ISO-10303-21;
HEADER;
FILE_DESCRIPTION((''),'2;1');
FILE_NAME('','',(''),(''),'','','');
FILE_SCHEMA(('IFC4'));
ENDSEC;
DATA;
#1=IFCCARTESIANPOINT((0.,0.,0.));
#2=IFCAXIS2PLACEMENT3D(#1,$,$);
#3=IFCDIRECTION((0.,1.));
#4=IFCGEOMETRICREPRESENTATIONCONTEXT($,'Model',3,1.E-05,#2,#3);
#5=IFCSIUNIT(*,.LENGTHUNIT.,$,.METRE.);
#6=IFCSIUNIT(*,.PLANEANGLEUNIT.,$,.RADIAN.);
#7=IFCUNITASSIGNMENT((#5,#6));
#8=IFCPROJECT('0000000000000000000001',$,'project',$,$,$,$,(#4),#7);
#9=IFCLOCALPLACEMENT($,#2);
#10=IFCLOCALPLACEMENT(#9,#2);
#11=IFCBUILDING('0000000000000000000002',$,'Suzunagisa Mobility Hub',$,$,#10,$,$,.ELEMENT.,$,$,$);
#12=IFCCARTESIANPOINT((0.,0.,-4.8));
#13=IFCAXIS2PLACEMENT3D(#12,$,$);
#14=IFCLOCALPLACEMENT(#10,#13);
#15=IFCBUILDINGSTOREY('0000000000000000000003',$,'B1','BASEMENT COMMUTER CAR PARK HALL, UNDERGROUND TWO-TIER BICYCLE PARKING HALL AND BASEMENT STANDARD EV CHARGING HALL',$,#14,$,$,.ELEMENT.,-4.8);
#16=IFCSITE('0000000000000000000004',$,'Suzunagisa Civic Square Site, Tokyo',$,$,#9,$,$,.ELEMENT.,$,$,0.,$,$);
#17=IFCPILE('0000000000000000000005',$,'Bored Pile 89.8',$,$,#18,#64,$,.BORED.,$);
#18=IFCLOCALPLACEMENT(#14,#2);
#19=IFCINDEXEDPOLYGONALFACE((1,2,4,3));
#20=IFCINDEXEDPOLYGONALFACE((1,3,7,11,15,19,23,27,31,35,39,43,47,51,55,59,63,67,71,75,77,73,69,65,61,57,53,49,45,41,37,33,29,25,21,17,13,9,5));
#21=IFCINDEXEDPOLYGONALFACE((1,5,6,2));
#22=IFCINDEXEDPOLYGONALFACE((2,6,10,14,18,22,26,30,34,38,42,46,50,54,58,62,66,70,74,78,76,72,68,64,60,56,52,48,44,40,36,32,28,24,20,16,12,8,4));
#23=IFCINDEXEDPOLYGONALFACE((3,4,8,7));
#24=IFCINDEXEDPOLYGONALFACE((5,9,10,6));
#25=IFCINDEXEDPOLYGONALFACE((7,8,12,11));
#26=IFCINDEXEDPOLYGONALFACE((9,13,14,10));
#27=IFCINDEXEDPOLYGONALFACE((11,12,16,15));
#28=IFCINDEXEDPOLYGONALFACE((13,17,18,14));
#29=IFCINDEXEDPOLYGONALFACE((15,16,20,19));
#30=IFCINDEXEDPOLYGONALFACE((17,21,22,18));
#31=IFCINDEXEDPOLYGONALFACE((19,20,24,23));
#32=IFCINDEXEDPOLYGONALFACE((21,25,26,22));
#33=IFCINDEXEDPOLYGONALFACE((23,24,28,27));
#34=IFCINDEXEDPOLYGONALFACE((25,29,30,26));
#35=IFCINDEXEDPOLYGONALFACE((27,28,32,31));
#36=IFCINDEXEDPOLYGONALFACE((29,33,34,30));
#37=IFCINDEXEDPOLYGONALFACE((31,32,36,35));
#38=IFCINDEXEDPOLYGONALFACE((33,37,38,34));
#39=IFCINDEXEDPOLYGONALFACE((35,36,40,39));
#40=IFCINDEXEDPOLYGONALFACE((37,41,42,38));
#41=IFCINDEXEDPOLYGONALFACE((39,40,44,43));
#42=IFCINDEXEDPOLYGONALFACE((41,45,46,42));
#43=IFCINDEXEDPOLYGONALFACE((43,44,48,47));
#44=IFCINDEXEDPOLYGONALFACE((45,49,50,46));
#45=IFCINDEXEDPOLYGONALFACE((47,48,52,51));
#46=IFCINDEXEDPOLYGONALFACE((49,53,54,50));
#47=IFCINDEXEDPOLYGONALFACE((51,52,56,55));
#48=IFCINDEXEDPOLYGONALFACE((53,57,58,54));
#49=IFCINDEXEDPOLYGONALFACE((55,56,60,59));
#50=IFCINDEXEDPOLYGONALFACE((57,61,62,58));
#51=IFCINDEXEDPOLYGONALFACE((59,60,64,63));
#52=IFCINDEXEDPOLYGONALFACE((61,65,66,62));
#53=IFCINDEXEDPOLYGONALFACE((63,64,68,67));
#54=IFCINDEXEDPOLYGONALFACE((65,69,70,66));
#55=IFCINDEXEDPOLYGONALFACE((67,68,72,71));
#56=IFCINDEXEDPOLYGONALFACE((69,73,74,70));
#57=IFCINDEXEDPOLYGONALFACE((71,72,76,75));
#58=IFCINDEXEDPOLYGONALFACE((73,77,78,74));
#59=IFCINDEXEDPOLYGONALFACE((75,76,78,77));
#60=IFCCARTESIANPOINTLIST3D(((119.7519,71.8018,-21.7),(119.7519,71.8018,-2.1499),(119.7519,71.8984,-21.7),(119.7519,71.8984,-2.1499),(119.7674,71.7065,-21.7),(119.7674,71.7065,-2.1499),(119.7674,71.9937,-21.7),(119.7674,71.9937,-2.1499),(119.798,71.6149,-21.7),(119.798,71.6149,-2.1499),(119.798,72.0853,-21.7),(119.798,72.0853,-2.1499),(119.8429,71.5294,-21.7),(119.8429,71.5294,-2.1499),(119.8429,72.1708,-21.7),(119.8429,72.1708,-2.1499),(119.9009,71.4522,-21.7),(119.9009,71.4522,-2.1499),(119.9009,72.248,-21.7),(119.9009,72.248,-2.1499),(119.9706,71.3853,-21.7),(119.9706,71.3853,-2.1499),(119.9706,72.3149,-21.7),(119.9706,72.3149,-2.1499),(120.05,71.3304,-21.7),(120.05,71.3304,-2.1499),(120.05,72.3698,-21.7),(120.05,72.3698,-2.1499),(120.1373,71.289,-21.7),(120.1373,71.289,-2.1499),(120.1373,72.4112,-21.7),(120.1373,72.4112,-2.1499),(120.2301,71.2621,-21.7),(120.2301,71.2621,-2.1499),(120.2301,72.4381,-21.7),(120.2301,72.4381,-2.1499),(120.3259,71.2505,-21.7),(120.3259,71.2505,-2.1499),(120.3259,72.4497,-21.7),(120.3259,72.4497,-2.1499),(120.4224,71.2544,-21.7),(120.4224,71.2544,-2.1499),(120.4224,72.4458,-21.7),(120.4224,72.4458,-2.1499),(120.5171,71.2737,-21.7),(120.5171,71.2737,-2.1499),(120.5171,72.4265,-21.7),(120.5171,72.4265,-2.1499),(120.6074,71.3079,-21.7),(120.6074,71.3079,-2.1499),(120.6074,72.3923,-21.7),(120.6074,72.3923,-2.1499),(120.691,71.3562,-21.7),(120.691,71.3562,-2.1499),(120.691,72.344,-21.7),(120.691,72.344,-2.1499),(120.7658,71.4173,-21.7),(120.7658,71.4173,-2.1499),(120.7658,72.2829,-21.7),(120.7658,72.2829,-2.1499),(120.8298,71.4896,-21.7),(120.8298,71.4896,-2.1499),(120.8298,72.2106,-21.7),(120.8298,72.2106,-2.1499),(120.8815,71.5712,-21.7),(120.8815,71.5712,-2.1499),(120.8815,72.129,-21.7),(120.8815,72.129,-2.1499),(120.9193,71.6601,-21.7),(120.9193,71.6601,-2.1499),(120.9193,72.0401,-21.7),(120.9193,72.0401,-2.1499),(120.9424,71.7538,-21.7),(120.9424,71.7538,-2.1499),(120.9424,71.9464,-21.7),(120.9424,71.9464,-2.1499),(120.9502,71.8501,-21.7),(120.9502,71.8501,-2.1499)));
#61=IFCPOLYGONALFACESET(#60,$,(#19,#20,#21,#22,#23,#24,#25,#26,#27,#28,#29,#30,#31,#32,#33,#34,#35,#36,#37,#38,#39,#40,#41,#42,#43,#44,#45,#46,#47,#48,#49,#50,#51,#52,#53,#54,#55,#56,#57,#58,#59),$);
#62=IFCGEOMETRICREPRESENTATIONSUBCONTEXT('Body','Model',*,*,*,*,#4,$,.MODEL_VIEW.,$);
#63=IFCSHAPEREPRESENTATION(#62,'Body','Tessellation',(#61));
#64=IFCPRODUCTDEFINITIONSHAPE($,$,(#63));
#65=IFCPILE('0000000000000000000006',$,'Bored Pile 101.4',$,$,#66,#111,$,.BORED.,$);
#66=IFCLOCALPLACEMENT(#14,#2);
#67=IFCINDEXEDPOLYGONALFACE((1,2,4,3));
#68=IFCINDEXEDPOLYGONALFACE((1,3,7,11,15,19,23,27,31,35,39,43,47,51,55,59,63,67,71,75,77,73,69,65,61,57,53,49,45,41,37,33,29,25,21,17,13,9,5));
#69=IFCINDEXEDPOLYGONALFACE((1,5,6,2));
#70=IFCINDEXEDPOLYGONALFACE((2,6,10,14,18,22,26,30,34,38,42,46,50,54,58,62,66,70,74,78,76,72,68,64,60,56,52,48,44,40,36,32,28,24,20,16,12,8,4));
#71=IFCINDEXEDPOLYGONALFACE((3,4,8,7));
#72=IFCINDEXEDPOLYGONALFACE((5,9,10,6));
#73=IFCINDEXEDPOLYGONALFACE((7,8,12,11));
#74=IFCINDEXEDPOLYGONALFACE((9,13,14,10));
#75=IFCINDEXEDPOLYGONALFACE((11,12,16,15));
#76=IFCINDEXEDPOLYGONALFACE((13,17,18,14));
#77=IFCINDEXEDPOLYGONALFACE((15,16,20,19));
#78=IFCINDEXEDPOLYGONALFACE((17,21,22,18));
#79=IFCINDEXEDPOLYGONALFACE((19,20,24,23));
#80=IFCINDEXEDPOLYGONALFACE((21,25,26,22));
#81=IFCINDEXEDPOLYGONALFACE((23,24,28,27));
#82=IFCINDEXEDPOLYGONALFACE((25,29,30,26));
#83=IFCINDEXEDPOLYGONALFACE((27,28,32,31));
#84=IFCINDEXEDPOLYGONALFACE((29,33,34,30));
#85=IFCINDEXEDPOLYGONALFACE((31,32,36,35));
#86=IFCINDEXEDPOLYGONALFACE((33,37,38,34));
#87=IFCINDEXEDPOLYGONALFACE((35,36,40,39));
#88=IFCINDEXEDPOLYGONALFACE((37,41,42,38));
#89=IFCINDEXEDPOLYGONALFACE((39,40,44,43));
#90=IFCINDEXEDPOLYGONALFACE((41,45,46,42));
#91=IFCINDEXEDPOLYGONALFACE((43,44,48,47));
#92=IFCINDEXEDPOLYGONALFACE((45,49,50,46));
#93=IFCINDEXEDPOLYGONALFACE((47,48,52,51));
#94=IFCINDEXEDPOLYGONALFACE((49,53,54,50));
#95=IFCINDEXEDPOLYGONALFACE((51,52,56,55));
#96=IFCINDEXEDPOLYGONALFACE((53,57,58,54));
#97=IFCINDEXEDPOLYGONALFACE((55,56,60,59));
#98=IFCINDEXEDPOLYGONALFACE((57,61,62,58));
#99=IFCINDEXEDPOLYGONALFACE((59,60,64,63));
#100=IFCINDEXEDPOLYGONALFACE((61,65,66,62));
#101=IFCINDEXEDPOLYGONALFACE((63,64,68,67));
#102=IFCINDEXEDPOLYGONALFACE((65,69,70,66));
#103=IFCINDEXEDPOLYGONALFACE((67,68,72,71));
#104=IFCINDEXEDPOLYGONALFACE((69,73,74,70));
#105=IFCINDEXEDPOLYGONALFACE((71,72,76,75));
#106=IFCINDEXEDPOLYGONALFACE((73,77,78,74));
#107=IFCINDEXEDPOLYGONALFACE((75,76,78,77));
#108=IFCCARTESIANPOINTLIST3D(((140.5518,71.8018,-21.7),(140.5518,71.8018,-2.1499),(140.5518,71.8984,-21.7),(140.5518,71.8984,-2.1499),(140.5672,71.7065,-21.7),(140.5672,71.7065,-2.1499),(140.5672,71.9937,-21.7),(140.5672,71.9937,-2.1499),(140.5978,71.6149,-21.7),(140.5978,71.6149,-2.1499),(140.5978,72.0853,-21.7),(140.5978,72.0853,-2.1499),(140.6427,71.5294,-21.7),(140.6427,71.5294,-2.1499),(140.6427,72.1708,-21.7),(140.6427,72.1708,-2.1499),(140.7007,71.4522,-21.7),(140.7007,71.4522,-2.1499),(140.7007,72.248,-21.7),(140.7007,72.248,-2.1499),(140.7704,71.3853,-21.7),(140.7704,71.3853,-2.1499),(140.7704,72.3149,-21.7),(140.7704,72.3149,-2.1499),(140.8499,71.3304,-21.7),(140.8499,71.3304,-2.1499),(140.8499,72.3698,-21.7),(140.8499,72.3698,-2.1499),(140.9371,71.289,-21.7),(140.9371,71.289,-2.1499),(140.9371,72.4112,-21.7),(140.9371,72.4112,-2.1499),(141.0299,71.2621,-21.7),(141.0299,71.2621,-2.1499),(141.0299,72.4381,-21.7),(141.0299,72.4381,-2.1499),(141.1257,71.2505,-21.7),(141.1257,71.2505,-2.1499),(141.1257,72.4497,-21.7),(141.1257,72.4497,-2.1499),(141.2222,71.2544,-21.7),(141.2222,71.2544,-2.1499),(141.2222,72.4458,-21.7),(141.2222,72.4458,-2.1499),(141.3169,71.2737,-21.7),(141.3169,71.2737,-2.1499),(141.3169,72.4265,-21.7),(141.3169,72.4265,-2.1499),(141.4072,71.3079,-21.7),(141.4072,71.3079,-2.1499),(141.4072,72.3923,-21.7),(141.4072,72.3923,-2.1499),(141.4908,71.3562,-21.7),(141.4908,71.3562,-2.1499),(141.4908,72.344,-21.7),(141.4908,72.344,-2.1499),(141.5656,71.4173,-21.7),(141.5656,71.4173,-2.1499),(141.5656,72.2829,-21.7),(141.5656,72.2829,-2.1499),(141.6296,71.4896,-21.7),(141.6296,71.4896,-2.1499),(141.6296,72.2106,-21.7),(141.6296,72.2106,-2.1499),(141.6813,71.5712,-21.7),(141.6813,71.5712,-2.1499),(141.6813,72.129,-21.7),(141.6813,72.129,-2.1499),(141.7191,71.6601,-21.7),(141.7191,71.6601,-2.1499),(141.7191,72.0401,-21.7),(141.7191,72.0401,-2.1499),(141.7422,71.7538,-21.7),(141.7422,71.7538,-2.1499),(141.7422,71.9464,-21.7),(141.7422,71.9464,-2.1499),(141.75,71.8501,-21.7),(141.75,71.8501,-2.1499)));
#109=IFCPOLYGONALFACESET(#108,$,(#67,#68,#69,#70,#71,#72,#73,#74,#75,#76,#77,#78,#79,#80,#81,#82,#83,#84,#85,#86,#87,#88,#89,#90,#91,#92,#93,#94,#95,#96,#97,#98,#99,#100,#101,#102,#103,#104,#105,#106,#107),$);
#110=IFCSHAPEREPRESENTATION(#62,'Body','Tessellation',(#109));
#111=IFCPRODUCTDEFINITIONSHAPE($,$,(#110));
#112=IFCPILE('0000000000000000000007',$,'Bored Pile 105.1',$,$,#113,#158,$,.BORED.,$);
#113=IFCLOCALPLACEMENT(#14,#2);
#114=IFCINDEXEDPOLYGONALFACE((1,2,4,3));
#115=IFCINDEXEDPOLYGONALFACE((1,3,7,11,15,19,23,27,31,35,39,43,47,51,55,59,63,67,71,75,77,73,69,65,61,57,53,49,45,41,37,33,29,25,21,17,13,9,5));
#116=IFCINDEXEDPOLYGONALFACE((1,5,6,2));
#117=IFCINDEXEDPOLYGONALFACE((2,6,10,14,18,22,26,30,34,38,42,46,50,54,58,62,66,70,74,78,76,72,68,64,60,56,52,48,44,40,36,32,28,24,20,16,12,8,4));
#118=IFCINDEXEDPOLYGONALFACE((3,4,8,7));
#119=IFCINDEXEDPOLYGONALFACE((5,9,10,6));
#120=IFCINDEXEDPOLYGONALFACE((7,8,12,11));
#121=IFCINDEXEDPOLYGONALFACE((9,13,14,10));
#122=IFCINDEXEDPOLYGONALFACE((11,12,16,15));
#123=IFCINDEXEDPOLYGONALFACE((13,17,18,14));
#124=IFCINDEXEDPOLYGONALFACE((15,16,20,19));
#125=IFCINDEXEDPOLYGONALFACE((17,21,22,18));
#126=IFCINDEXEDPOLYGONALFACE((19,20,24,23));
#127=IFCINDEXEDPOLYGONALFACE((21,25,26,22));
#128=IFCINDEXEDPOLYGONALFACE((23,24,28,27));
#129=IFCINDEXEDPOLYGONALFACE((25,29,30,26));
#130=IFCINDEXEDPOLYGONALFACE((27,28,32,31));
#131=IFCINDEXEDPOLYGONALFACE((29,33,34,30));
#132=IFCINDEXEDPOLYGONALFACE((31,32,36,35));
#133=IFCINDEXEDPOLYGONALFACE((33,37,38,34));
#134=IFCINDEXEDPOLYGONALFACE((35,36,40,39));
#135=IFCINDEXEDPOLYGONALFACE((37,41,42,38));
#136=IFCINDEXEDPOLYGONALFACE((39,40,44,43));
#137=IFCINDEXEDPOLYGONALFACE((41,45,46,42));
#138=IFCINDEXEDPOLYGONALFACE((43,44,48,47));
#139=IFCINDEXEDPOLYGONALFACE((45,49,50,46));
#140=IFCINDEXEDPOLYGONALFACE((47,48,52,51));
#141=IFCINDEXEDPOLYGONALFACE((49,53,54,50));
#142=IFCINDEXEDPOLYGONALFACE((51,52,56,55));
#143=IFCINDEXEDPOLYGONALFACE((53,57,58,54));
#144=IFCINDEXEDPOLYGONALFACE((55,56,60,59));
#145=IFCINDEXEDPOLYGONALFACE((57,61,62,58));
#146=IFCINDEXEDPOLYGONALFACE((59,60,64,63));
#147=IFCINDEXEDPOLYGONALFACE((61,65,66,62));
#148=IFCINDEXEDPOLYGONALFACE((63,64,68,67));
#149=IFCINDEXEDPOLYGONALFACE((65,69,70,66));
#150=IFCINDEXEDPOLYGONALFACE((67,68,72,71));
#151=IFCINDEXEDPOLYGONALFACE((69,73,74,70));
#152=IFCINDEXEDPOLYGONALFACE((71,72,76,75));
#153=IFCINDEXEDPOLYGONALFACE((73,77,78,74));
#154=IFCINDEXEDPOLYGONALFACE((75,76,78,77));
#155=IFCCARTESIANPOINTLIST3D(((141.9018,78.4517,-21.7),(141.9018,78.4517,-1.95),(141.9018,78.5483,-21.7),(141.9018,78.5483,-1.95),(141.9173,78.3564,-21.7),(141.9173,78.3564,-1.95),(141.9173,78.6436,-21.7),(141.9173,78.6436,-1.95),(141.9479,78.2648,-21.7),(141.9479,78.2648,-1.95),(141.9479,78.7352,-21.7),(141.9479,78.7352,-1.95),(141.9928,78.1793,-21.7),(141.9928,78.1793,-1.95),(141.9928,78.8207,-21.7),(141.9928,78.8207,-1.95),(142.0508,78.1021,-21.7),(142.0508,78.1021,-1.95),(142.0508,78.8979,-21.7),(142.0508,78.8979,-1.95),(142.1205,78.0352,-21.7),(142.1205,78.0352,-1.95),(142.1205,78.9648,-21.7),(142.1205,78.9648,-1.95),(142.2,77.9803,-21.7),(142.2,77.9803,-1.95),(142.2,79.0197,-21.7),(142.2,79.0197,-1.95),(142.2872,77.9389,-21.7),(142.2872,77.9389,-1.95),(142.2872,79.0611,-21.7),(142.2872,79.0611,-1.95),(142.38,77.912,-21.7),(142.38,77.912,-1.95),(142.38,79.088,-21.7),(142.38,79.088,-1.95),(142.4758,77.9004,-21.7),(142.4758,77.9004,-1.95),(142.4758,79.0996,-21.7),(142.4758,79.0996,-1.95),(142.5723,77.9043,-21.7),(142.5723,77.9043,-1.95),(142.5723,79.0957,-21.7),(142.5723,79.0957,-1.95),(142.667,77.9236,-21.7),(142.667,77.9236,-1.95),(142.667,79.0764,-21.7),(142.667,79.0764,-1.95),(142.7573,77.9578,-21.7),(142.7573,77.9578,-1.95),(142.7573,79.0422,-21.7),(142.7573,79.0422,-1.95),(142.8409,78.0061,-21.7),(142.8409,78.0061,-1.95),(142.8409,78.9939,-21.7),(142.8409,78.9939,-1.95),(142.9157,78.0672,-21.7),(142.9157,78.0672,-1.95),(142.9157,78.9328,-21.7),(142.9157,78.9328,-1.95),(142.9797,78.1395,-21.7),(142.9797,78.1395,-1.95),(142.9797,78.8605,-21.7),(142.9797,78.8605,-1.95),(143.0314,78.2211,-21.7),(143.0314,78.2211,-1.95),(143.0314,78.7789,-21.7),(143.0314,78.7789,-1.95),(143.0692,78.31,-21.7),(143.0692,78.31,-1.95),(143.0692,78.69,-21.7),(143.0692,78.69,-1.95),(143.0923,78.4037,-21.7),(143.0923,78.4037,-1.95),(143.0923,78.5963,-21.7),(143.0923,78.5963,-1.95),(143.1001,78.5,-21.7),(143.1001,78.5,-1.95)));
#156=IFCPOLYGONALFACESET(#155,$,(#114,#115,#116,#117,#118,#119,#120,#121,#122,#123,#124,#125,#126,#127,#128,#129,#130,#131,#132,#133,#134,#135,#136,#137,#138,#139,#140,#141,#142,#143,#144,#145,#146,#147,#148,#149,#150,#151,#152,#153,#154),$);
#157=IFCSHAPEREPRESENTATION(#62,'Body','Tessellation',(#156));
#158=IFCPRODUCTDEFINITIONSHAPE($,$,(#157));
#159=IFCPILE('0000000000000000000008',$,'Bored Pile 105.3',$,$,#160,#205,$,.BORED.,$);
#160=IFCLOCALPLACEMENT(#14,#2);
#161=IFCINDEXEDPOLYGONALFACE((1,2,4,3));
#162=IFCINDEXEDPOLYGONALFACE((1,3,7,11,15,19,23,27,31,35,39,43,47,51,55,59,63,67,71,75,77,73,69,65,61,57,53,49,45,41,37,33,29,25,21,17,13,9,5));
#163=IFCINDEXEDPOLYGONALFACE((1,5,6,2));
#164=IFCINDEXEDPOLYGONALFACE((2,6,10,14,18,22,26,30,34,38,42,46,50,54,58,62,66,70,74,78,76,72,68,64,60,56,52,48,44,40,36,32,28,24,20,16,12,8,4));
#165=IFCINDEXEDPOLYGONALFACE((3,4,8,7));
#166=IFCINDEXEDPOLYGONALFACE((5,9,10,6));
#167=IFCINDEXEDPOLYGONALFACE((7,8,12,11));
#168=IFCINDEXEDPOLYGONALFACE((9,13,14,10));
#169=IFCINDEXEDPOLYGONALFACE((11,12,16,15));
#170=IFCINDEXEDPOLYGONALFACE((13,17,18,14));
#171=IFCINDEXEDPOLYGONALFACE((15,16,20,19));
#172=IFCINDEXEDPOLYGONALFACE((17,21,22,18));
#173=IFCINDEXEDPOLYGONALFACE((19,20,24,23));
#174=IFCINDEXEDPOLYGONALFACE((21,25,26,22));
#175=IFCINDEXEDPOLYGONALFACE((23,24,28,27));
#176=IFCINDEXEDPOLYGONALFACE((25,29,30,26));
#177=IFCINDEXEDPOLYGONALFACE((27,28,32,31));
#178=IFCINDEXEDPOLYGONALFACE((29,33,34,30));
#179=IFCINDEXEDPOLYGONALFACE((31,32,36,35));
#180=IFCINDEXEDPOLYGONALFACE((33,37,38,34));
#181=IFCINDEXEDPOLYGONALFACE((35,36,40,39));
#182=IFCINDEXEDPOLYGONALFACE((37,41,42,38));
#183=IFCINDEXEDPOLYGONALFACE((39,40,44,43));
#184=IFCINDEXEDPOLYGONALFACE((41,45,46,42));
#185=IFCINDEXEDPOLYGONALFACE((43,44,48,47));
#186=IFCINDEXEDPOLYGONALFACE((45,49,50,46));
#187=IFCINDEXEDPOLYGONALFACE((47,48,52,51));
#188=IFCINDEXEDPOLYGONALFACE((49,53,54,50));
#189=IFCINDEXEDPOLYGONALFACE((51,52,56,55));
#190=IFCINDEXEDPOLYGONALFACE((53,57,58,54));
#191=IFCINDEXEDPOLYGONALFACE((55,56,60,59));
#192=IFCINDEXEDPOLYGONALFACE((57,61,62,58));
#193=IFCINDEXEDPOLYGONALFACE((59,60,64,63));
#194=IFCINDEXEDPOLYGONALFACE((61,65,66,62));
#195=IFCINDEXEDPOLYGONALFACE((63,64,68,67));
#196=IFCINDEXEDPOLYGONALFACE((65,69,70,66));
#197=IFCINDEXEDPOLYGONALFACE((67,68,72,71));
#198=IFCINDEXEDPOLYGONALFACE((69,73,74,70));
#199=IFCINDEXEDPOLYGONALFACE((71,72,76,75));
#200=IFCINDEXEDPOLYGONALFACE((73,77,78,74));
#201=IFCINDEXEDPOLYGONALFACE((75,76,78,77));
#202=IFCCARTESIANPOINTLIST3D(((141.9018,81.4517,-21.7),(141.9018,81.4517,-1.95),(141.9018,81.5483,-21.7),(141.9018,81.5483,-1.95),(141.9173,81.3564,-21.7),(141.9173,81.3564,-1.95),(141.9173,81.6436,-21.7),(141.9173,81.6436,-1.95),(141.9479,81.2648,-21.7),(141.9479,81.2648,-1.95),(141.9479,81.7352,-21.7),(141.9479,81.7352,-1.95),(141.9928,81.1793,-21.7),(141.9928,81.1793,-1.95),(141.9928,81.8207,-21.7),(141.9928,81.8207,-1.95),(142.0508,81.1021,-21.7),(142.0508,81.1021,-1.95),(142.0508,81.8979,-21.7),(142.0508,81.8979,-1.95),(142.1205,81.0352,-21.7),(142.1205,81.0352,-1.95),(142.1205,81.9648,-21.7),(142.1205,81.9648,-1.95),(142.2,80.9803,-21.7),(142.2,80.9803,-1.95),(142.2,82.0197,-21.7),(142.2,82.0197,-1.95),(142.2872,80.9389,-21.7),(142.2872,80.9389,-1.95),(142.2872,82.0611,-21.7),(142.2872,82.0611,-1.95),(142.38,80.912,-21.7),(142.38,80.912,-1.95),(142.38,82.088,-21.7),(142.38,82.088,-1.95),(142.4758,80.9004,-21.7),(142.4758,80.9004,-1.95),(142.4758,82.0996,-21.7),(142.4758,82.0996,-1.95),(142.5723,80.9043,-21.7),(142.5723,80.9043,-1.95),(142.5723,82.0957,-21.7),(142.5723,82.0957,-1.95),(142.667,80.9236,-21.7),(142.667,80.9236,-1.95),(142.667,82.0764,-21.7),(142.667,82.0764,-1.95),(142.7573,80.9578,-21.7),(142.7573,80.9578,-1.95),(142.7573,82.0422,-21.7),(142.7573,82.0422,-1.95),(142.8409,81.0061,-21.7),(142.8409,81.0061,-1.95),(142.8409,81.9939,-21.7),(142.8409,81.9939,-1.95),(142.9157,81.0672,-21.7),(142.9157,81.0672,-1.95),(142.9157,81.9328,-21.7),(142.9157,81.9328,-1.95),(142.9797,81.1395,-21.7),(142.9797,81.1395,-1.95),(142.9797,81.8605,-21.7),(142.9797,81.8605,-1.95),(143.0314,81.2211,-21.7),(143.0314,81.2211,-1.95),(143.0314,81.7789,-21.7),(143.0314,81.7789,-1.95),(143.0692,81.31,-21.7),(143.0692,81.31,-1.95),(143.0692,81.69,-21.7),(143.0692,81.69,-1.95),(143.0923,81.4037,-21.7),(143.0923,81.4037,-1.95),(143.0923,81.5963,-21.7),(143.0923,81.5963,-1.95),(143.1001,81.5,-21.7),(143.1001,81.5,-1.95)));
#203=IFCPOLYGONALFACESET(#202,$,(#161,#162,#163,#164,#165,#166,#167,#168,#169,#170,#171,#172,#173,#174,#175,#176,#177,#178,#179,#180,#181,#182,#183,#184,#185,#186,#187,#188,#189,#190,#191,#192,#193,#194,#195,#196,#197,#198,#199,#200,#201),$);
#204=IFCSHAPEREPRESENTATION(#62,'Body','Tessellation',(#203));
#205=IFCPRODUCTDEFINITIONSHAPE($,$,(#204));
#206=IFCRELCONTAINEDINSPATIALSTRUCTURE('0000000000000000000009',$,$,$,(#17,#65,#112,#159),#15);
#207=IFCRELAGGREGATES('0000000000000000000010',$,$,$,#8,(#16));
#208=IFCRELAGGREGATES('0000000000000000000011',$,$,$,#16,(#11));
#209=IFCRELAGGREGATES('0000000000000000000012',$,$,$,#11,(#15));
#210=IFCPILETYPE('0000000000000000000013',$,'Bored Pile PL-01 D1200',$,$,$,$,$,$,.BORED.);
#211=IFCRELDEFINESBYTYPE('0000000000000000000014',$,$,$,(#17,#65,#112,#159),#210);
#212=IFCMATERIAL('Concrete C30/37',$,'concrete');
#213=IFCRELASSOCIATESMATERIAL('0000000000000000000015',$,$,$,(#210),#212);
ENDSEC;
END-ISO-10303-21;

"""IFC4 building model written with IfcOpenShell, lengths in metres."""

from ifc_helpers import new_model, si_unit, direction, frame, origin, origin_2d, place, context, subcontext, project, spatial, circle, extrude, material, material_profile, profile_set, type_object, element, save


model = new_model("IFC4")

# Units and contexts
model_context = context("Model", 3, precision=1e-05, world=origin(), true_north=direction((0.0, 1.0)))
body_context = subcontext(model_context, "Body", "Model", "MODEL_VIEW")
ifc_project = project(units=[si_unit("LENGTHUNIT", "METRE"), si_unit("PLANEANGLEUNIT", "RADIAN")], contexts=[model_context])

# Site, building, storey
site_placement = place(None, origin())
site = spatial("IfcSite", under=ifc_project, at=site_placement, Name="Suzunagisa Civic Square Site, Tokyo", CompositionType="ELEMENT", RefElevation=0.0)
building_placement = place(site_placement, origin())
building = spatial("IfcBuilding", under=site, at=building_placement, Name="Suzunagisa Mobility Hub", CompositionType="ELEMENT")
storey_placement = place(building_placement, frame((0.0, 0.0, -4.8)))
storey = spatial("IfcBuildingStorey", under=building, at=storey_placement, Name="B1", Description="BASEMENT COMMUTER CAR PARK HALL, UNDERGROUND TWO-TIER BICYCLE PARKING HALL AND BASEMENT STANDARD EV CHARGING HALL", CompositionType="ELEMENT", Elevation=-4.8)

# Piles
ifc_material_1 = material(Name="Concrete C30/37", Category="concrete")
ifc_material_profile_1 = material_profile(ifc_material_1, circle(Radius=0.6001, at=origin_2d()), Name="BORED PILE D1200")
ifc_profile_set_1 = profile_set([ifc_material_profile_1], Name="Concrete C30/37")
pile_type_1 = type_object("IfcPileType", Name="Bored Pile PL-01 D1200", PredefinedType="BORED", material=ifc_profile_set_1)
for number, where, z_axis, x_axis, name in (
    (1, (120.3501, 71.8501, -2.1499), (0.0, 0.0, -1.0), (1.0, 0.0, 0.0), "Bored Pile 89.8"),
    (2, (141.1499, 71.8501, -2.1499), (0.0, 0.0, -1.0), (1.0, 0.0, 0.0), "Bored Pile 101.4"),
):
    element("IfcPile", number, at=place(storey_placement, frame(where, z_axis=z_axis, x_axis=x_axis)), inside=storey, type_object=pile_type_1, Name=name, PredefinedType="BORED", context=body_context, shape_type="SweptSolid", body=[
        extrude(circle(Radius=0.6001, at=origin_2d()), origin(), (0.0, 0.0, 1.0), 19.55),
    ])
for number, where, z_axis, x_axis, name in (
    (3, (142.5, 78.5, -1.95), (0.0, 0.0, -1.0), (1.0, 0.0, 0.0), "Bored Pile 105.1"),
    (4, (142.5, 81.5, -1.95), (0.0, 0.0, -1.0), (1.0, 0.0, 0.0), "Bored Pile 105.3"),
):
    element("IfcPile", number, at=place(storey_placement, frame(where, z_axis=z_axis, x_axis=x_axis)), inside=storey, type_object=pile_type_1, Name=name, PredefinedType="BORED", context=body_context, shape_type="SweptSolid", body=[
        extrude(circle(Radius=0.6001, at=origin_2d()), origin(), (0.0, 0.0, 1.0), 19.75),
    ])

save(model, "model.ifc")
